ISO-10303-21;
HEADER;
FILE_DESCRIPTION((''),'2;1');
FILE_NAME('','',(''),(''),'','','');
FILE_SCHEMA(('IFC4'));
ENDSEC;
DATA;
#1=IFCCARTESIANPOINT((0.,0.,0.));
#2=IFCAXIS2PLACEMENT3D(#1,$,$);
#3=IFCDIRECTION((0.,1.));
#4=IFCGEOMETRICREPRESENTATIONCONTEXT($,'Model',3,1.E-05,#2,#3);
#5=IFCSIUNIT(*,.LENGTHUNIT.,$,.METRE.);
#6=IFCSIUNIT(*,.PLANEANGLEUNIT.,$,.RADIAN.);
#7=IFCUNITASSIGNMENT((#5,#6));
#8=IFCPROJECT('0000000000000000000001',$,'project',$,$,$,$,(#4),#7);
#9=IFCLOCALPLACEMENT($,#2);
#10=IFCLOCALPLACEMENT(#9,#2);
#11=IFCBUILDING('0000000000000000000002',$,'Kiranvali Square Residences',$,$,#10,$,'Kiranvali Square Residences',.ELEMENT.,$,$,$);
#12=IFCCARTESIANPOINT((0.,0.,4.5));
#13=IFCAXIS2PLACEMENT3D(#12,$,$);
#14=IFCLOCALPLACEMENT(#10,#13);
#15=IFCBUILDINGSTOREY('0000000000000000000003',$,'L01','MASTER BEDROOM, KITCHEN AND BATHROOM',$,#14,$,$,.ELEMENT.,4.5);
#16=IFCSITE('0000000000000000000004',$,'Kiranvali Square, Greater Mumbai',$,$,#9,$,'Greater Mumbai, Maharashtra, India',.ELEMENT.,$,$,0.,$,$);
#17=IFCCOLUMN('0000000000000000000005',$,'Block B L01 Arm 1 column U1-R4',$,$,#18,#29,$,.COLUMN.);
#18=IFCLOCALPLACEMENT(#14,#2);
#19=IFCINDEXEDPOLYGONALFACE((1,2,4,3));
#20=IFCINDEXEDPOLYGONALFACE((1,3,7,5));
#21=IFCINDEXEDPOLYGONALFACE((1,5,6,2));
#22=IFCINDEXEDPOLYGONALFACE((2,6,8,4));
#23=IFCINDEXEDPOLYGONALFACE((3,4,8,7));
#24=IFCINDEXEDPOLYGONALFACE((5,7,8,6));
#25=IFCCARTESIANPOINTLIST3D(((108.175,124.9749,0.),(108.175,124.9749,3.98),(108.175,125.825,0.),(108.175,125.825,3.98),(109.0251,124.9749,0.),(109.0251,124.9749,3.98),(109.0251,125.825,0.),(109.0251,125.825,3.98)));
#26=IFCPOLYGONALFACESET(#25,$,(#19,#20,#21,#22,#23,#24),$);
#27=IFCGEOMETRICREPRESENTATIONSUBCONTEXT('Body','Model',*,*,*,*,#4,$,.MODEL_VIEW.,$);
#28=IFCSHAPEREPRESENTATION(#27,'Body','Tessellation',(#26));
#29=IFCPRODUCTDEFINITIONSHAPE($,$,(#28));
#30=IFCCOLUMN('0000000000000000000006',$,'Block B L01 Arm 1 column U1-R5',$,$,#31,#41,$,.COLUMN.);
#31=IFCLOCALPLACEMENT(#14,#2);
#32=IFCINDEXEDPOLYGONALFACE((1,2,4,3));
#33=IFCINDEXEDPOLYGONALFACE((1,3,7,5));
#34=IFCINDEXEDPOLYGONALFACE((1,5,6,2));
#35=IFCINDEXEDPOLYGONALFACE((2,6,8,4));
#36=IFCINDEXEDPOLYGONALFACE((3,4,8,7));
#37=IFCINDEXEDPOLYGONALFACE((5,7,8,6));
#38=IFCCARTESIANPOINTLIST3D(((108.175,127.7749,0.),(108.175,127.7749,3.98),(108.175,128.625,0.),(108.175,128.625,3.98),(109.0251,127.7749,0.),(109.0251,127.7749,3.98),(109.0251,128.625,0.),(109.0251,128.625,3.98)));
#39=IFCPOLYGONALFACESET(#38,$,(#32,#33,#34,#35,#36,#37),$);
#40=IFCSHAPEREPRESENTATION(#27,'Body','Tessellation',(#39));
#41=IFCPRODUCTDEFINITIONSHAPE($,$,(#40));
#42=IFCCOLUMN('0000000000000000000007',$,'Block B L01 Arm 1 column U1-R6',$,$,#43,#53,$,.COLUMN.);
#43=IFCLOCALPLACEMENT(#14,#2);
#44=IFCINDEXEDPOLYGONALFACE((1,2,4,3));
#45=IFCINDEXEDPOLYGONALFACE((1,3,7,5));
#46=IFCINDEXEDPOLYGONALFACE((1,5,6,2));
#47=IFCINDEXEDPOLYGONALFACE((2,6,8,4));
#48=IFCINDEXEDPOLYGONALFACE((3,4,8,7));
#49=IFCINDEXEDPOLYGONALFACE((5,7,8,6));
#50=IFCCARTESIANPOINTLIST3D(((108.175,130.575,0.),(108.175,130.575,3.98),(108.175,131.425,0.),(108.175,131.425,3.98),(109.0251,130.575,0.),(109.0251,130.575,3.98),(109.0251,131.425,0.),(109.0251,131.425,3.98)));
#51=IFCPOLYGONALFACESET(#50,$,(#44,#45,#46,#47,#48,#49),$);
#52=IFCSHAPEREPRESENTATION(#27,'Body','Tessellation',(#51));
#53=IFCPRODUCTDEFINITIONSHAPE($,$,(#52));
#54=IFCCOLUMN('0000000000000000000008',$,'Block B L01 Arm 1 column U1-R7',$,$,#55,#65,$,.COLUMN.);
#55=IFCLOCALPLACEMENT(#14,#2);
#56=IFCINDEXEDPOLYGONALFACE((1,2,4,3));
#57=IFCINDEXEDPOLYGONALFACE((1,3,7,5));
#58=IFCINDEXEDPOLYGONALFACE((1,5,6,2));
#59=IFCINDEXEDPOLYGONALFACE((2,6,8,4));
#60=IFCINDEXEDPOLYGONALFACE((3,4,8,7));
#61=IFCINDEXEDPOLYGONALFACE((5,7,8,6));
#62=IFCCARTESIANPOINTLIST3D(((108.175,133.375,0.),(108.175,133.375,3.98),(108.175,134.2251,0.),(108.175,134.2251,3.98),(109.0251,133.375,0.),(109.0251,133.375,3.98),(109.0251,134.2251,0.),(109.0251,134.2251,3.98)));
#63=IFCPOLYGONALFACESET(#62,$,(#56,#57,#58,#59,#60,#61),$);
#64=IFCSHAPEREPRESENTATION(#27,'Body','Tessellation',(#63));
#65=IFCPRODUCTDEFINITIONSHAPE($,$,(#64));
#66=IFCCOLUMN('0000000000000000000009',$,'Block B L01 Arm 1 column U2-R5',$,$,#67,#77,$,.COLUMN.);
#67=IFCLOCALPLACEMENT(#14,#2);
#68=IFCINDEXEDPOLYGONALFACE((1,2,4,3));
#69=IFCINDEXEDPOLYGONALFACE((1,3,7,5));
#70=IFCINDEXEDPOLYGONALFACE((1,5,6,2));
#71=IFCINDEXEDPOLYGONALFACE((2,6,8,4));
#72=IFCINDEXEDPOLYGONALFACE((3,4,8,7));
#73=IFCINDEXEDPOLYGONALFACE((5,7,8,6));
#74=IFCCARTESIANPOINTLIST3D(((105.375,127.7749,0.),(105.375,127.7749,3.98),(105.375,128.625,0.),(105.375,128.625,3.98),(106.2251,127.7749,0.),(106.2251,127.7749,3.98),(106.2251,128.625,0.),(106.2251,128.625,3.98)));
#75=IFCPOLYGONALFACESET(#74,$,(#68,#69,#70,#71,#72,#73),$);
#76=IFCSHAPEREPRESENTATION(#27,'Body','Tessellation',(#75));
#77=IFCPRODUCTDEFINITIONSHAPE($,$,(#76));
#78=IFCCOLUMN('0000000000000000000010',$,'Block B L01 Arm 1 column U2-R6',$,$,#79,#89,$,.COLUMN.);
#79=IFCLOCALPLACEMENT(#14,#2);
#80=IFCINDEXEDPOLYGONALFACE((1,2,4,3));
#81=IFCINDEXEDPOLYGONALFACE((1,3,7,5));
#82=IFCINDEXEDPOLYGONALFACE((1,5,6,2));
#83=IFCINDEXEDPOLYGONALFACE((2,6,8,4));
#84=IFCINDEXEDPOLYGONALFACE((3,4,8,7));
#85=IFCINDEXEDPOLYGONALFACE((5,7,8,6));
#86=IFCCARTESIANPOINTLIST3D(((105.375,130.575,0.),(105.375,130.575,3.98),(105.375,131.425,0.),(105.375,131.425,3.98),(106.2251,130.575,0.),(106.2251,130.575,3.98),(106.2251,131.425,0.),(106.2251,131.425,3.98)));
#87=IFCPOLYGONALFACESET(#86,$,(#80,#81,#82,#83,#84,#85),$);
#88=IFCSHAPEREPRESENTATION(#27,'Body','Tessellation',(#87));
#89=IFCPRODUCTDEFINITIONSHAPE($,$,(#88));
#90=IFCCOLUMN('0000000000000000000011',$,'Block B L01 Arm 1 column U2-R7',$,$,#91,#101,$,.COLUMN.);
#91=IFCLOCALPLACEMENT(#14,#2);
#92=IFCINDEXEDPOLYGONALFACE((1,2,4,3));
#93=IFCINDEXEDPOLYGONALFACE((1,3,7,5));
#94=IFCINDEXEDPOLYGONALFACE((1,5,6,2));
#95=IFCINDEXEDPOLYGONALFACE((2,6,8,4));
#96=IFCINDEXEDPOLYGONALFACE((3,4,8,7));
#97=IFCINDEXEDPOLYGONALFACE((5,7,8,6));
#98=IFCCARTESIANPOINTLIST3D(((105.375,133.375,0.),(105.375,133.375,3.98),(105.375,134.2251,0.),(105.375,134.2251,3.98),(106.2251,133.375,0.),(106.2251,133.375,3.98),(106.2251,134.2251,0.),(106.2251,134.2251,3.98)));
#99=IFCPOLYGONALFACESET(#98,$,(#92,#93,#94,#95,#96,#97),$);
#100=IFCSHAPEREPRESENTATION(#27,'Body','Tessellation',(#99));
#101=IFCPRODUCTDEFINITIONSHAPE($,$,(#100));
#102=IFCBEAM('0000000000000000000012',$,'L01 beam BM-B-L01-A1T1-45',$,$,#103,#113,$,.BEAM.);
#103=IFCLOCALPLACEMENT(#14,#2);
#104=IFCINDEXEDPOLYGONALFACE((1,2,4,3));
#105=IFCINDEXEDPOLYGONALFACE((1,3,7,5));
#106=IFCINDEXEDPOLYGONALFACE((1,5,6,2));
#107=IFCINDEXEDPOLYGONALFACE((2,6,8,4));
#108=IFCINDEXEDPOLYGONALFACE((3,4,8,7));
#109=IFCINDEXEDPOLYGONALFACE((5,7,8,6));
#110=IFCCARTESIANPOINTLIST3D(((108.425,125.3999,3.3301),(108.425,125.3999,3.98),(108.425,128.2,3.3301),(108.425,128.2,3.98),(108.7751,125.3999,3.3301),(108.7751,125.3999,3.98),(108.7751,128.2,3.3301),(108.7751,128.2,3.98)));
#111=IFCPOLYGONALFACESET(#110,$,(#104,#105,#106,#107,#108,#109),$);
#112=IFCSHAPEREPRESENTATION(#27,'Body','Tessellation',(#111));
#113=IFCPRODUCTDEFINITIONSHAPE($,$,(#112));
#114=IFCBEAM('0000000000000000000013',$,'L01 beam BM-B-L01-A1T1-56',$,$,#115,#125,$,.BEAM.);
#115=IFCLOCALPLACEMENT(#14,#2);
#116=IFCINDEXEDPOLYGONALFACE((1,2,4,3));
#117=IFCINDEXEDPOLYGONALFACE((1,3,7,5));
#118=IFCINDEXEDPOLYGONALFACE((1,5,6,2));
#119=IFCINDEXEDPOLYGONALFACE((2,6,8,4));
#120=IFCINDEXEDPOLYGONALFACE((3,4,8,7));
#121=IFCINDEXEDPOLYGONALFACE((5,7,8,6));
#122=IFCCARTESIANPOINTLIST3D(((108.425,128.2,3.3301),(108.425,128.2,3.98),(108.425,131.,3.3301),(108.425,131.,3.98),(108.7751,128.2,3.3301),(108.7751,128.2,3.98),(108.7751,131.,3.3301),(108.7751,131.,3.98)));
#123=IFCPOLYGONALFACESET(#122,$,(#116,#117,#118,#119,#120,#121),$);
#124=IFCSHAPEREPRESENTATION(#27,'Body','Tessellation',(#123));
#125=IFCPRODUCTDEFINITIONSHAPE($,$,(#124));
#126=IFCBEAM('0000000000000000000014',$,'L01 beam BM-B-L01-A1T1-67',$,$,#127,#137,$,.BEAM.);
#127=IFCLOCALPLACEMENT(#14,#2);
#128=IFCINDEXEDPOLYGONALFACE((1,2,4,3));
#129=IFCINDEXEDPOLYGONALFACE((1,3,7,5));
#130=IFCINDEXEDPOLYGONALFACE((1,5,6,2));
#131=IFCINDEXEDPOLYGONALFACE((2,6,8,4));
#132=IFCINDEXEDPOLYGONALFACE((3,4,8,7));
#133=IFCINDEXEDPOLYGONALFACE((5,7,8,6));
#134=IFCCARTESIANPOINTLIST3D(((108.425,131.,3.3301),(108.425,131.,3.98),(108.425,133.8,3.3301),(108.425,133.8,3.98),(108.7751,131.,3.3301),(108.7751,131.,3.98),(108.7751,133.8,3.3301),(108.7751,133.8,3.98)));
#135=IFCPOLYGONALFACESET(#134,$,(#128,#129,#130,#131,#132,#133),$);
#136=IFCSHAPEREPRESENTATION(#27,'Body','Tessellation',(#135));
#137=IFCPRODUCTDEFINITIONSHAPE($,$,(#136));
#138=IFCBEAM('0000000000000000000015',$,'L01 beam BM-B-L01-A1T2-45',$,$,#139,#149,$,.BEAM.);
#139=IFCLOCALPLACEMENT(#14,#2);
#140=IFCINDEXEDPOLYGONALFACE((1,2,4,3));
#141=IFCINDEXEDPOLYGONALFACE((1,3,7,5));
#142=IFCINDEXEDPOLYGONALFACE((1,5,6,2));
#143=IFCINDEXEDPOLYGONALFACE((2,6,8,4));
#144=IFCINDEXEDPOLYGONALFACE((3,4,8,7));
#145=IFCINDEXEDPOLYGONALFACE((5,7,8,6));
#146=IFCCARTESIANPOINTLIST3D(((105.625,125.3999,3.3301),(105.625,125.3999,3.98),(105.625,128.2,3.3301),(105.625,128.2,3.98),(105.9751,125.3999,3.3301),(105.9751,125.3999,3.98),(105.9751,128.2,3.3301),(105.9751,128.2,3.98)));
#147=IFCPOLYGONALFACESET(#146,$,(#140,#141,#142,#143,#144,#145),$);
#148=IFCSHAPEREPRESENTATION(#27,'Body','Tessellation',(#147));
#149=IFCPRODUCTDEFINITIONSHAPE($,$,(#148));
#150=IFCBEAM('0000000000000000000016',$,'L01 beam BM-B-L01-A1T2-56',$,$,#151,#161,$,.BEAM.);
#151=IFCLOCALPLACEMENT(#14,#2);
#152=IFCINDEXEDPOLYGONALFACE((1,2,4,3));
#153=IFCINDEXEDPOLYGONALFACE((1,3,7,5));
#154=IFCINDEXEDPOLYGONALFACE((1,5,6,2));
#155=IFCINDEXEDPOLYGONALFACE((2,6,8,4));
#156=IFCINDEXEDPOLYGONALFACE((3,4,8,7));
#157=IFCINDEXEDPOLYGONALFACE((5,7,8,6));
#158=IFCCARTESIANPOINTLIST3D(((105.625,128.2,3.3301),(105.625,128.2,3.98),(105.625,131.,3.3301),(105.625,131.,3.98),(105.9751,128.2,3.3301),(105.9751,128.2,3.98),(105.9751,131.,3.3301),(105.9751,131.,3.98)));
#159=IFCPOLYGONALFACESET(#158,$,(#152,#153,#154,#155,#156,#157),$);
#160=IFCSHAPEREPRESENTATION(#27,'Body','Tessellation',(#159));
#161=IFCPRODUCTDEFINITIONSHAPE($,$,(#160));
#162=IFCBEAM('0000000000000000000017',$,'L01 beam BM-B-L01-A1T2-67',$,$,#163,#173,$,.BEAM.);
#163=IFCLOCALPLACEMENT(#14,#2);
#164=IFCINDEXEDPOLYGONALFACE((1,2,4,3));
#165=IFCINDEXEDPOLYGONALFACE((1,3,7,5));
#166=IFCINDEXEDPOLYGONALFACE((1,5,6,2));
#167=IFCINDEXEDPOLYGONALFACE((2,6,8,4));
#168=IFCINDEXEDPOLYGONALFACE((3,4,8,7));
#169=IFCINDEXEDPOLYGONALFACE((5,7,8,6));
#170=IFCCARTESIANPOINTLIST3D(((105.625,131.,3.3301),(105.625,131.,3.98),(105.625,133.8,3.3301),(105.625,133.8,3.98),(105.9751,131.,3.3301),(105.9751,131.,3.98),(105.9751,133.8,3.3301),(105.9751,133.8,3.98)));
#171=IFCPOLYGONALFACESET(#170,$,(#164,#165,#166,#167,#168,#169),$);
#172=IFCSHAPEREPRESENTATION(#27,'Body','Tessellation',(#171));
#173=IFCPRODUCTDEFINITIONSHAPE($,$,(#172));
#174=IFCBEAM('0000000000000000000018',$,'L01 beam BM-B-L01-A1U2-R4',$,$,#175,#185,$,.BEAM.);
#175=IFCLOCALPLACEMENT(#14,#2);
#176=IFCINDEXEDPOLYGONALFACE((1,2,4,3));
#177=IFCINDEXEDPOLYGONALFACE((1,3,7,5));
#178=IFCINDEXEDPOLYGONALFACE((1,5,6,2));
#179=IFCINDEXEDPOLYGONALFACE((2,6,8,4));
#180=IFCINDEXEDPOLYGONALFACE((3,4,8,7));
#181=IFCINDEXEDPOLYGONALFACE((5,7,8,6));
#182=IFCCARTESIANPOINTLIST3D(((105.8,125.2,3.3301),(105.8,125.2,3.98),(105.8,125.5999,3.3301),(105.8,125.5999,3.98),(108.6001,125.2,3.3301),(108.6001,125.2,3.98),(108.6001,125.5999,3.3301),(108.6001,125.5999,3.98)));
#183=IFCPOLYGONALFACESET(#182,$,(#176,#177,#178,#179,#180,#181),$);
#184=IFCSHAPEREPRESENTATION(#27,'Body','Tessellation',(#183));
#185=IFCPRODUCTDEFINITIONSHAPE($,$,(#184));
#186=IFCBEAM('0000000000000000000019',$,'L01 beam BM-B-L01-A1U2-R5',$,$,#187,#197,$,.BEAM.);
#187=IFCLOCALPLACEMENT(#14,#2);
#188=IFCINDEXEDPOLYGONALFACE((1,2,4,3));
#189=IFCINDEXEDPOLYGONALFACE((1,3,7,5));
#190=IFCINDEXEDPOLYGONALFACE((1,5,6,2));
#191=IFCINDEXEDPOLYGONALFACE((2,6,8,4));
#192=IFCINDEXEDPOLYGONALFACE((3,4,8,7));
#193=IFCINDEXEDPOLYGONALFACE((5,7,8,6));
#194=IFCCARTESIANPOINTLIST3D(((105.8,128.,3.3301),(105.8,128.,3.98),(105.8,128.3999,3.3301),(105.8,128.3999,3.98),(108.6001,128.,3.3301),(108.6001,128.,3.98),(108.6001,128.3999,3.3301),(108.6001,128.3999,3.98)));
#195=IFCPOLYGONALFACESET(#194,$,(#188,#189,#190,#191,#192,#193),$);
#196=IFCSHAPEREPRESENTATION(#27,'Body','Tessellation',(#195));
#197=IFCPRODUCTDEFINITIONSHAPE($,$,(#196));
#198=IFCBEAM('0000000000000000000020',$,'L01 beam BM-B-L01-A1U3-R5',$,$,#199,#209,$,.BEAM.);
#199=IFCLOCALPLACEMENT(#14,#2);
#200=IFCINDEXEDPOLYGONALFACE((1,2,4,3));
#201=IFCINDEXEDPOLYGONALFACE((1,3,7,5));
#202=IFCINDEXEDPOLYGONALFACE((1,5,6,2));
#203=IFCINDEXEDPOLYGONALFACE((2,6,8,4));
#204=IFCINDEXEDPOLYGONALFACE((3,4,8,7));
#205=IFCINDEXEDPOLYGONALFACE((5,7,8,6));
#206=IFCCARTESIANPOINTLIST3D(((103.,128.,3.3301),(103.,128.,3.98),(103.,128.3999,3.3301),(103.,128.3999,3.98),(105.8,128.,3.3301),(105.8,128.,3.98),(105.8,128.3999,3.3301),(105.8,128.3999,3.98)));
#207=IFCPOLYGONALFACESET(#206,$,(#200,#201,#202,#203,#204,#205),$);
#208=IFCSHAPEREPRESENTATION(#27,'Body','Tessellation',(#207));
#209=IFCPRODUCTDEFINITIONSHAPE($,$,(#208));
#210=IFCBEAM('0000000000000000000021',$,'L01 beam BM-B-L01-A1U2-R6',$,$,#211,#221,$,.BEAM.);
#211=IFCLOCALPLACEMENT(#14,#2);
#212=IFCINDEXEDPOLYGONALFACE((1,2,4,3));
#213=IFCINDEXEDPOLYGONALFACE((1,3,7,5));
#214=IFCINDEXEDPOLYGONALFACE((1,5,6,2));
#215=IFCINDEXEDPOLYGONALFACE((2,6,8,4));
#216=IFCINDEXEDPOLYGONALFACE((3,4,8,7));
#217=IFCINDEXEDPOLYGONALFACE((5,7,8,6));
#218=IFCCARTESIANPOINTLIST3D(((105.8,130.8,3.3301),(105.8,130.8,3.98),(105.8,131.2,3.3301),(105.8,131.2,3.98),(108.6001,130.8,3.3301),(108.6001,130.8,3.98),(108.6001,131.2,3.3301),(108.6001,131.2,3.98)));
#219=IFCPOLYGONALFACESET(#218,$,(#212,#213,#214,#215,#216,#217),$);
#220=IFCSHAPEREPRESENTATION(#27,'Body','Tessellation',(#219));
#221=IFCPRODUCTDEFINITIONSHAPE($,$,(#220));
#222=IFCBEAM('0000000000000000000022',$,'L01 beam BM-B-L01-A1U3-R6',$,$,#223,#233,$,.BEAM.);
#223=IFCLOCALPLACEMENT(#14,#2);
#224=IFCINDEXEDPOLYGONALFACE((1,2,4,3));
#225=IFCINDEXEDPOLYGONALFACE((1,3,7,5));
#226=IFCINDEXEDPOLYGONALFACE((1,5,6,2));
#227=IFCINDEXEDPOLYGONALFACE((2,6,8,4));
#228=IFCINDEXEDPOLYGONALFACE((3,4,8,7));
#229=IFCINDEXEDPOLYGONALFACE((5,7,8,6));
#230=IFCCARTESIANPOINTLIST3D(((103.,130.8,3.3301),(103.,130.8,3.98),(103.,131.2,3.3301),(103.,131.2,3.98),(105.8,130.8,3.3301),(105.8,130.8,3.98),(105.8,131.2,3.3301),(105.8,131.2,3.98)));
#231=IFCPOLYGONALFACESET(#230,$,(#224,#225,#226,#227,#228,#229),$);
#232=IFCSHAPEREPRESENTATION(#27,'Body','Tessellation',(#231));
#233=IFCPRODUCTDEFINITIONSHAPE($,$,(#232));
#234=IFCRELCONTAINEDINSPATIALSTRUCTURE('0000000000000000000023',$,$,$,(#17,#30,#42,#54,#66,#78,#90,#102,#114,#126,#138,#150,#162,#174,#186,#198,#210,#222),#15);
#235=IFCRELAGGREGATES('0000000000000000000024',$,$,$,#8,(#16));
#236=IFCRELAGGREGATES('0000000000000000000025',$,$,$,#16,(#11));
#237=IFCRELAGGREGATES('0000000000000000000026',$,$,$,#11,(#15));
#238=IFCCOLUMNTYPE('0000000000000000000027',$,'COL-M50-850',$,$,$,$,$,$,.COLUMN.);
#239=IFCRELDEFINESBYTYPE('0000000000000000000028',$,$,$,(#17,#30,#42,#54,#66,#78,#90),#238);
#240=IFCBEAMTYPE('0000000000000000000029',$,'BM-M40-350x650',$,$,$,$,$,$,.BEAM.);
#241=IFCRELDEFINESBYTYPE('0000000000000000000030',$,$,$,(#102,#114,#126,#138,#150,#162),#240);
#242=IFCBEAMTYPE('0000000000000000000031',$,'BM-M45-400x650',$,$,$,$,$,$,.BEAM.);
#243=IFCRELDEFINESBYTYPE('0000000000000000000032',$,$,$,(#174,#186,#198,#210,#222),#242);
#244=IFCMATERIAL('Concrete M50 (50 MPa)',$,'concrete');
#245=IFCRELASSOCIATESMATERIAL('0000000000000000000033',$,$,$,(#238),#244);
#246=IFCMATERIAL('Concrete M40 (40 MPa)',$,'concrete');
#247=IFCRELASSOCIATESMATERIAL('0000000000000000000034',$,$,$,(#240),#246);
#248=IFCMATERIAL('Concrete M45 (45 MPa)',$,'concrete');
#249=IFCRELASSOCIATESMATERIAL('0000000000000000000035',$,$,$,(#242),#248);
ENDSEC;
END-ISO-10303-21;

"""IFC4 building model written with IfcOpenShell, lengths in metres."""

from ifc_helpers import new_model, si_unit, direction, frame, origin, origin_2d, place, context, subcontext, project, spatial, rectangle, extrude, material, material_profile, profile_set, type_object, element, save


model = new_model("IFC4")

# Units and contexts
model_context = context("Model", 3, precision=1e-05, world=origin(), true_north=direction((0.0, 1.0)))
body_context = subcontext(model_context, "Body", "Model", "MODEL_VIEW")
ifc_project = project(units=[si_unit("LENGTHUNIT", "METRE"), si_unit("PLANEANGLEUNIT", "RADIAN")], contexts=[model_context])

# Site, building, storey
site_placement = place(None, origin())
site = spatial("IfcSite", under=ifc_project, at=site_placement, Name="Kiranvali Square, Greater Mumbai", LongName="Greater Mumbai, Maharashtra, India", CompositionType="ELEMENT", RefElevation=0.0)
building_placement = place(site_placement, origin())
building = spatial("IfcBuilding", under=site, at=building_placement, Name="Kiranvali Square Residences", LongName="Kiranvali Square Residences", CompositionType="ELEMENT")
storey_placement = place(building_placement, frame((0.0, 0.0, 4.5)))
storey = spatial("IfcBuildingStorey", under=building, at=storey_placement, Name="L01", Description="MASTER BEDROOM, KITCHEN AND BATHROOM", CompositionType="ELEMENT", Elevation=4.5)

# Columns
ifc_material_1 = material(Name="Concrete M50 (50 MPa)", Category="concrete")
ifc_material_profile_1 = material_profile(ifc_material_1, rectangle(XDim=0.8501, YDim=0.8501, at=origin_2d()), Name="RC 850x850")
ifc_profile_set_1 = profile_set([ifc_material_profile_1], Name="Concrete M50 (50 MPa)")
column_type = type_object("IfcColumnType", Name="COL-M50-850", PredefinedType="COLUMN", material=ifc_profile_set_1)
for number, where, z_axis, x_axis, name in (
    (1, (108.6001, 125.3999, 0.0), (0.0, 0.0, 1.0), (1.0, 0.0, 0.0), "Block B L01 Arm 1 column U1-R4"),
    (2, (108.6001, 128.2, 0.0), (0.0, 0.0, 1.0), (1.0, 0.0, 0.0), "Block B L01 Arm 1 column U1-R5"),
    (3, (108.6001, 131.0, 0.0), (0.0, 0.0, 1.0), (1.0, 0.0, 0.0), "Block B L01 Arm 1 column U1-R6"),
    (4, (108.6001, 133.8, 0.0), (0.0, 0.0, 1.0), (1.0, 0.0, 0.0), "Block B L01 Arm 1 column U1-R7"),
    (5, (105.8, 128.2, 0.0), (0.0, 0.0, 1.0), (1.0, 0.0, 0.0), "Block B L01 Arm 1 column U2-R5"),
    (6, (105.8, 131.0, 0.0), (0.0, 0.0, 1.0), (1.0, 0.0, 0.0), "Block B L01 Arm 1 column U2-R6"),
    (7, (105.8, 133.8, 0.0), (0.0, 0.0, 1.0), (1.0, 0.0, 0.0), "Block B L01 Arm 1 column U2-R7"),
):
    element("IfcColumn", number, at=place(storey_placement, frame(where, z_axis=z_axis, x_axis=x_axis)), inside=storey, type_object=column_type, Name=name, PredefinedType="COLUMN", context=body_context, shape_type="SweptSolid", body=[
        extrude(rectangle(XDim=0.8501, YDim=0.8501, at=origin_2d()), origin(), (0.0, 0.0, 1.0), 3.98),
    ])

# Beams
ifc_material_2 = material(Name="Concrete M40 (40 MPa)", Category="concrete")
ifc_material_profile_2 = material_profile(ifc_material_2, rectangle(XDim=0.3501, YDim=0.6499, at=origin_2d()), Name="RC 350x650")
ifc_profile_set_2 = profile_set([ifc_material_profile_2], Name="Concrete M40 (40 MPa)")
beam_type_1 = type_object("IfcBeamType", Name="BM-M40-350x650", PredefinedType="BEAM", material=ifc_profile_set_2)
for number, where, z_axis, x_axis, name in (
    (8, (108.6001, 125.3999, 3.655), (0.0, 1.0, 0.0), (-1.0, 0.0, 0.0), "L01 beam BM-B-L01-A1T1-45"),
    (9, (108.6001, 128.2, 3.655), (0.0, 1.0, 0.0), (-1.0, 0.0, 0.0), "L01 beam BM-B-L01-A1T1-56"),
    (10, (108.6001, 131.0, 3.655), (0.0, 1.0, 0.0), (-1.0, 0.0, 0.0), "L01 beam BM-B-L01-A1T1-67"),
    (11, (105.8, 125.3999, 3.655), (0.0, 1.0, 0.0), (-1.0, 0.0, 0.0), "L01 beam BM-B-L01-A1T2-45"),
    (12, (105.8, 128.2, 3.655), (0.0, 1.0, 0.0), (-1.0, 0.0, 0.0), "L01 beam BM-B-L01-A1T2-56"),
    (13, (105.8, 131.0, 3.655), (0.0, 1.0, 0.0), (-1.0, 0.0, 0.0), "L01 beam BM-B-L01-A1T2-67"),
):
    element("IfcBeam", number, at=place(storey_placement, frame(where, z_axis=z_axis, x_axis=x_axis)), inside=storey, type_object=beam_type_1, Name=name, PredefinedType="BEAM", context=body_context, shape_type="SweptSolid", body=[
        extrude(rectangle(XDim=0.3501, YDim=0.6499, at=origin_2d()), origin(), (0.0, 0.0, 1.0), 2.8),
    ])
ifc_material_3 = material(Name="Concrete M45 (45 MPa)", Category="concrete")
ifc_material_profile_3 = material_profile(ifc_material_3, rectangle(XDim=0.3999, YDim=0.6499, at=origin_2d()), Name="RC 400x650")
ifc_profile_set_3 = profile_set([ifc_material_profile_3], Name="Concrete M45 (45 MPa)")
beam_type_2 = type_object("IfcBeamType", Name="BM-M45-400x650", PredefinedType="BEAM", material=ifc_profile_set_3)
for number, where, z_axis, x_axis, name in (
    (14, (108.6001, 125.3999, 3.655), (-1.0, 0.0, 0.0), (0.0, -1.0, 0.0), "L01 beam BM-B-L01-A1U2-R4"),
    (15, (108.6001, 128.2, 3.655), (-1.0, 0.0, 0.0), (0.0, -1.0, 0.0), "L01 beam BM-B-L01-A1U2-R5"),
    (16, (105.8, 128.2, 3.655), (-1.0, 0.0, 0.0), (0.0, -1.0, 0.0), "L01 beam BM-B-L01-A1U3-R5"),
    (17, (108.6001, 131.0, 3.655), (-1.0, 0.0, 0.0), (0.0, -1.0, 0.0), "L01 beam BM-B-L01-A1U2-R6"),
    (18, (105.8, 131.0, 3.655), (-1.0, 0.0, 0.0), (0.0, -1.0, 0.0), "L01 beam BM-B-L01-A1U3-R6"),
):
    element("IfcBeam", number, at=place(storey_placement, frame(where, z_axis=z_axis, x_axis=x_axis)), inside=storey, type_object=beam_type_2, Name=name, PredefinedType="BEAM", context=body_context, shape_type="SweptSolid", body=[
        extrude(rectangle(XDim=0.3999, YDim=0.6499, at=origin_2d()), origin(), (0.0, 0.0, 1.0), 2.8),
    ])

save(model, "model.ifc")
